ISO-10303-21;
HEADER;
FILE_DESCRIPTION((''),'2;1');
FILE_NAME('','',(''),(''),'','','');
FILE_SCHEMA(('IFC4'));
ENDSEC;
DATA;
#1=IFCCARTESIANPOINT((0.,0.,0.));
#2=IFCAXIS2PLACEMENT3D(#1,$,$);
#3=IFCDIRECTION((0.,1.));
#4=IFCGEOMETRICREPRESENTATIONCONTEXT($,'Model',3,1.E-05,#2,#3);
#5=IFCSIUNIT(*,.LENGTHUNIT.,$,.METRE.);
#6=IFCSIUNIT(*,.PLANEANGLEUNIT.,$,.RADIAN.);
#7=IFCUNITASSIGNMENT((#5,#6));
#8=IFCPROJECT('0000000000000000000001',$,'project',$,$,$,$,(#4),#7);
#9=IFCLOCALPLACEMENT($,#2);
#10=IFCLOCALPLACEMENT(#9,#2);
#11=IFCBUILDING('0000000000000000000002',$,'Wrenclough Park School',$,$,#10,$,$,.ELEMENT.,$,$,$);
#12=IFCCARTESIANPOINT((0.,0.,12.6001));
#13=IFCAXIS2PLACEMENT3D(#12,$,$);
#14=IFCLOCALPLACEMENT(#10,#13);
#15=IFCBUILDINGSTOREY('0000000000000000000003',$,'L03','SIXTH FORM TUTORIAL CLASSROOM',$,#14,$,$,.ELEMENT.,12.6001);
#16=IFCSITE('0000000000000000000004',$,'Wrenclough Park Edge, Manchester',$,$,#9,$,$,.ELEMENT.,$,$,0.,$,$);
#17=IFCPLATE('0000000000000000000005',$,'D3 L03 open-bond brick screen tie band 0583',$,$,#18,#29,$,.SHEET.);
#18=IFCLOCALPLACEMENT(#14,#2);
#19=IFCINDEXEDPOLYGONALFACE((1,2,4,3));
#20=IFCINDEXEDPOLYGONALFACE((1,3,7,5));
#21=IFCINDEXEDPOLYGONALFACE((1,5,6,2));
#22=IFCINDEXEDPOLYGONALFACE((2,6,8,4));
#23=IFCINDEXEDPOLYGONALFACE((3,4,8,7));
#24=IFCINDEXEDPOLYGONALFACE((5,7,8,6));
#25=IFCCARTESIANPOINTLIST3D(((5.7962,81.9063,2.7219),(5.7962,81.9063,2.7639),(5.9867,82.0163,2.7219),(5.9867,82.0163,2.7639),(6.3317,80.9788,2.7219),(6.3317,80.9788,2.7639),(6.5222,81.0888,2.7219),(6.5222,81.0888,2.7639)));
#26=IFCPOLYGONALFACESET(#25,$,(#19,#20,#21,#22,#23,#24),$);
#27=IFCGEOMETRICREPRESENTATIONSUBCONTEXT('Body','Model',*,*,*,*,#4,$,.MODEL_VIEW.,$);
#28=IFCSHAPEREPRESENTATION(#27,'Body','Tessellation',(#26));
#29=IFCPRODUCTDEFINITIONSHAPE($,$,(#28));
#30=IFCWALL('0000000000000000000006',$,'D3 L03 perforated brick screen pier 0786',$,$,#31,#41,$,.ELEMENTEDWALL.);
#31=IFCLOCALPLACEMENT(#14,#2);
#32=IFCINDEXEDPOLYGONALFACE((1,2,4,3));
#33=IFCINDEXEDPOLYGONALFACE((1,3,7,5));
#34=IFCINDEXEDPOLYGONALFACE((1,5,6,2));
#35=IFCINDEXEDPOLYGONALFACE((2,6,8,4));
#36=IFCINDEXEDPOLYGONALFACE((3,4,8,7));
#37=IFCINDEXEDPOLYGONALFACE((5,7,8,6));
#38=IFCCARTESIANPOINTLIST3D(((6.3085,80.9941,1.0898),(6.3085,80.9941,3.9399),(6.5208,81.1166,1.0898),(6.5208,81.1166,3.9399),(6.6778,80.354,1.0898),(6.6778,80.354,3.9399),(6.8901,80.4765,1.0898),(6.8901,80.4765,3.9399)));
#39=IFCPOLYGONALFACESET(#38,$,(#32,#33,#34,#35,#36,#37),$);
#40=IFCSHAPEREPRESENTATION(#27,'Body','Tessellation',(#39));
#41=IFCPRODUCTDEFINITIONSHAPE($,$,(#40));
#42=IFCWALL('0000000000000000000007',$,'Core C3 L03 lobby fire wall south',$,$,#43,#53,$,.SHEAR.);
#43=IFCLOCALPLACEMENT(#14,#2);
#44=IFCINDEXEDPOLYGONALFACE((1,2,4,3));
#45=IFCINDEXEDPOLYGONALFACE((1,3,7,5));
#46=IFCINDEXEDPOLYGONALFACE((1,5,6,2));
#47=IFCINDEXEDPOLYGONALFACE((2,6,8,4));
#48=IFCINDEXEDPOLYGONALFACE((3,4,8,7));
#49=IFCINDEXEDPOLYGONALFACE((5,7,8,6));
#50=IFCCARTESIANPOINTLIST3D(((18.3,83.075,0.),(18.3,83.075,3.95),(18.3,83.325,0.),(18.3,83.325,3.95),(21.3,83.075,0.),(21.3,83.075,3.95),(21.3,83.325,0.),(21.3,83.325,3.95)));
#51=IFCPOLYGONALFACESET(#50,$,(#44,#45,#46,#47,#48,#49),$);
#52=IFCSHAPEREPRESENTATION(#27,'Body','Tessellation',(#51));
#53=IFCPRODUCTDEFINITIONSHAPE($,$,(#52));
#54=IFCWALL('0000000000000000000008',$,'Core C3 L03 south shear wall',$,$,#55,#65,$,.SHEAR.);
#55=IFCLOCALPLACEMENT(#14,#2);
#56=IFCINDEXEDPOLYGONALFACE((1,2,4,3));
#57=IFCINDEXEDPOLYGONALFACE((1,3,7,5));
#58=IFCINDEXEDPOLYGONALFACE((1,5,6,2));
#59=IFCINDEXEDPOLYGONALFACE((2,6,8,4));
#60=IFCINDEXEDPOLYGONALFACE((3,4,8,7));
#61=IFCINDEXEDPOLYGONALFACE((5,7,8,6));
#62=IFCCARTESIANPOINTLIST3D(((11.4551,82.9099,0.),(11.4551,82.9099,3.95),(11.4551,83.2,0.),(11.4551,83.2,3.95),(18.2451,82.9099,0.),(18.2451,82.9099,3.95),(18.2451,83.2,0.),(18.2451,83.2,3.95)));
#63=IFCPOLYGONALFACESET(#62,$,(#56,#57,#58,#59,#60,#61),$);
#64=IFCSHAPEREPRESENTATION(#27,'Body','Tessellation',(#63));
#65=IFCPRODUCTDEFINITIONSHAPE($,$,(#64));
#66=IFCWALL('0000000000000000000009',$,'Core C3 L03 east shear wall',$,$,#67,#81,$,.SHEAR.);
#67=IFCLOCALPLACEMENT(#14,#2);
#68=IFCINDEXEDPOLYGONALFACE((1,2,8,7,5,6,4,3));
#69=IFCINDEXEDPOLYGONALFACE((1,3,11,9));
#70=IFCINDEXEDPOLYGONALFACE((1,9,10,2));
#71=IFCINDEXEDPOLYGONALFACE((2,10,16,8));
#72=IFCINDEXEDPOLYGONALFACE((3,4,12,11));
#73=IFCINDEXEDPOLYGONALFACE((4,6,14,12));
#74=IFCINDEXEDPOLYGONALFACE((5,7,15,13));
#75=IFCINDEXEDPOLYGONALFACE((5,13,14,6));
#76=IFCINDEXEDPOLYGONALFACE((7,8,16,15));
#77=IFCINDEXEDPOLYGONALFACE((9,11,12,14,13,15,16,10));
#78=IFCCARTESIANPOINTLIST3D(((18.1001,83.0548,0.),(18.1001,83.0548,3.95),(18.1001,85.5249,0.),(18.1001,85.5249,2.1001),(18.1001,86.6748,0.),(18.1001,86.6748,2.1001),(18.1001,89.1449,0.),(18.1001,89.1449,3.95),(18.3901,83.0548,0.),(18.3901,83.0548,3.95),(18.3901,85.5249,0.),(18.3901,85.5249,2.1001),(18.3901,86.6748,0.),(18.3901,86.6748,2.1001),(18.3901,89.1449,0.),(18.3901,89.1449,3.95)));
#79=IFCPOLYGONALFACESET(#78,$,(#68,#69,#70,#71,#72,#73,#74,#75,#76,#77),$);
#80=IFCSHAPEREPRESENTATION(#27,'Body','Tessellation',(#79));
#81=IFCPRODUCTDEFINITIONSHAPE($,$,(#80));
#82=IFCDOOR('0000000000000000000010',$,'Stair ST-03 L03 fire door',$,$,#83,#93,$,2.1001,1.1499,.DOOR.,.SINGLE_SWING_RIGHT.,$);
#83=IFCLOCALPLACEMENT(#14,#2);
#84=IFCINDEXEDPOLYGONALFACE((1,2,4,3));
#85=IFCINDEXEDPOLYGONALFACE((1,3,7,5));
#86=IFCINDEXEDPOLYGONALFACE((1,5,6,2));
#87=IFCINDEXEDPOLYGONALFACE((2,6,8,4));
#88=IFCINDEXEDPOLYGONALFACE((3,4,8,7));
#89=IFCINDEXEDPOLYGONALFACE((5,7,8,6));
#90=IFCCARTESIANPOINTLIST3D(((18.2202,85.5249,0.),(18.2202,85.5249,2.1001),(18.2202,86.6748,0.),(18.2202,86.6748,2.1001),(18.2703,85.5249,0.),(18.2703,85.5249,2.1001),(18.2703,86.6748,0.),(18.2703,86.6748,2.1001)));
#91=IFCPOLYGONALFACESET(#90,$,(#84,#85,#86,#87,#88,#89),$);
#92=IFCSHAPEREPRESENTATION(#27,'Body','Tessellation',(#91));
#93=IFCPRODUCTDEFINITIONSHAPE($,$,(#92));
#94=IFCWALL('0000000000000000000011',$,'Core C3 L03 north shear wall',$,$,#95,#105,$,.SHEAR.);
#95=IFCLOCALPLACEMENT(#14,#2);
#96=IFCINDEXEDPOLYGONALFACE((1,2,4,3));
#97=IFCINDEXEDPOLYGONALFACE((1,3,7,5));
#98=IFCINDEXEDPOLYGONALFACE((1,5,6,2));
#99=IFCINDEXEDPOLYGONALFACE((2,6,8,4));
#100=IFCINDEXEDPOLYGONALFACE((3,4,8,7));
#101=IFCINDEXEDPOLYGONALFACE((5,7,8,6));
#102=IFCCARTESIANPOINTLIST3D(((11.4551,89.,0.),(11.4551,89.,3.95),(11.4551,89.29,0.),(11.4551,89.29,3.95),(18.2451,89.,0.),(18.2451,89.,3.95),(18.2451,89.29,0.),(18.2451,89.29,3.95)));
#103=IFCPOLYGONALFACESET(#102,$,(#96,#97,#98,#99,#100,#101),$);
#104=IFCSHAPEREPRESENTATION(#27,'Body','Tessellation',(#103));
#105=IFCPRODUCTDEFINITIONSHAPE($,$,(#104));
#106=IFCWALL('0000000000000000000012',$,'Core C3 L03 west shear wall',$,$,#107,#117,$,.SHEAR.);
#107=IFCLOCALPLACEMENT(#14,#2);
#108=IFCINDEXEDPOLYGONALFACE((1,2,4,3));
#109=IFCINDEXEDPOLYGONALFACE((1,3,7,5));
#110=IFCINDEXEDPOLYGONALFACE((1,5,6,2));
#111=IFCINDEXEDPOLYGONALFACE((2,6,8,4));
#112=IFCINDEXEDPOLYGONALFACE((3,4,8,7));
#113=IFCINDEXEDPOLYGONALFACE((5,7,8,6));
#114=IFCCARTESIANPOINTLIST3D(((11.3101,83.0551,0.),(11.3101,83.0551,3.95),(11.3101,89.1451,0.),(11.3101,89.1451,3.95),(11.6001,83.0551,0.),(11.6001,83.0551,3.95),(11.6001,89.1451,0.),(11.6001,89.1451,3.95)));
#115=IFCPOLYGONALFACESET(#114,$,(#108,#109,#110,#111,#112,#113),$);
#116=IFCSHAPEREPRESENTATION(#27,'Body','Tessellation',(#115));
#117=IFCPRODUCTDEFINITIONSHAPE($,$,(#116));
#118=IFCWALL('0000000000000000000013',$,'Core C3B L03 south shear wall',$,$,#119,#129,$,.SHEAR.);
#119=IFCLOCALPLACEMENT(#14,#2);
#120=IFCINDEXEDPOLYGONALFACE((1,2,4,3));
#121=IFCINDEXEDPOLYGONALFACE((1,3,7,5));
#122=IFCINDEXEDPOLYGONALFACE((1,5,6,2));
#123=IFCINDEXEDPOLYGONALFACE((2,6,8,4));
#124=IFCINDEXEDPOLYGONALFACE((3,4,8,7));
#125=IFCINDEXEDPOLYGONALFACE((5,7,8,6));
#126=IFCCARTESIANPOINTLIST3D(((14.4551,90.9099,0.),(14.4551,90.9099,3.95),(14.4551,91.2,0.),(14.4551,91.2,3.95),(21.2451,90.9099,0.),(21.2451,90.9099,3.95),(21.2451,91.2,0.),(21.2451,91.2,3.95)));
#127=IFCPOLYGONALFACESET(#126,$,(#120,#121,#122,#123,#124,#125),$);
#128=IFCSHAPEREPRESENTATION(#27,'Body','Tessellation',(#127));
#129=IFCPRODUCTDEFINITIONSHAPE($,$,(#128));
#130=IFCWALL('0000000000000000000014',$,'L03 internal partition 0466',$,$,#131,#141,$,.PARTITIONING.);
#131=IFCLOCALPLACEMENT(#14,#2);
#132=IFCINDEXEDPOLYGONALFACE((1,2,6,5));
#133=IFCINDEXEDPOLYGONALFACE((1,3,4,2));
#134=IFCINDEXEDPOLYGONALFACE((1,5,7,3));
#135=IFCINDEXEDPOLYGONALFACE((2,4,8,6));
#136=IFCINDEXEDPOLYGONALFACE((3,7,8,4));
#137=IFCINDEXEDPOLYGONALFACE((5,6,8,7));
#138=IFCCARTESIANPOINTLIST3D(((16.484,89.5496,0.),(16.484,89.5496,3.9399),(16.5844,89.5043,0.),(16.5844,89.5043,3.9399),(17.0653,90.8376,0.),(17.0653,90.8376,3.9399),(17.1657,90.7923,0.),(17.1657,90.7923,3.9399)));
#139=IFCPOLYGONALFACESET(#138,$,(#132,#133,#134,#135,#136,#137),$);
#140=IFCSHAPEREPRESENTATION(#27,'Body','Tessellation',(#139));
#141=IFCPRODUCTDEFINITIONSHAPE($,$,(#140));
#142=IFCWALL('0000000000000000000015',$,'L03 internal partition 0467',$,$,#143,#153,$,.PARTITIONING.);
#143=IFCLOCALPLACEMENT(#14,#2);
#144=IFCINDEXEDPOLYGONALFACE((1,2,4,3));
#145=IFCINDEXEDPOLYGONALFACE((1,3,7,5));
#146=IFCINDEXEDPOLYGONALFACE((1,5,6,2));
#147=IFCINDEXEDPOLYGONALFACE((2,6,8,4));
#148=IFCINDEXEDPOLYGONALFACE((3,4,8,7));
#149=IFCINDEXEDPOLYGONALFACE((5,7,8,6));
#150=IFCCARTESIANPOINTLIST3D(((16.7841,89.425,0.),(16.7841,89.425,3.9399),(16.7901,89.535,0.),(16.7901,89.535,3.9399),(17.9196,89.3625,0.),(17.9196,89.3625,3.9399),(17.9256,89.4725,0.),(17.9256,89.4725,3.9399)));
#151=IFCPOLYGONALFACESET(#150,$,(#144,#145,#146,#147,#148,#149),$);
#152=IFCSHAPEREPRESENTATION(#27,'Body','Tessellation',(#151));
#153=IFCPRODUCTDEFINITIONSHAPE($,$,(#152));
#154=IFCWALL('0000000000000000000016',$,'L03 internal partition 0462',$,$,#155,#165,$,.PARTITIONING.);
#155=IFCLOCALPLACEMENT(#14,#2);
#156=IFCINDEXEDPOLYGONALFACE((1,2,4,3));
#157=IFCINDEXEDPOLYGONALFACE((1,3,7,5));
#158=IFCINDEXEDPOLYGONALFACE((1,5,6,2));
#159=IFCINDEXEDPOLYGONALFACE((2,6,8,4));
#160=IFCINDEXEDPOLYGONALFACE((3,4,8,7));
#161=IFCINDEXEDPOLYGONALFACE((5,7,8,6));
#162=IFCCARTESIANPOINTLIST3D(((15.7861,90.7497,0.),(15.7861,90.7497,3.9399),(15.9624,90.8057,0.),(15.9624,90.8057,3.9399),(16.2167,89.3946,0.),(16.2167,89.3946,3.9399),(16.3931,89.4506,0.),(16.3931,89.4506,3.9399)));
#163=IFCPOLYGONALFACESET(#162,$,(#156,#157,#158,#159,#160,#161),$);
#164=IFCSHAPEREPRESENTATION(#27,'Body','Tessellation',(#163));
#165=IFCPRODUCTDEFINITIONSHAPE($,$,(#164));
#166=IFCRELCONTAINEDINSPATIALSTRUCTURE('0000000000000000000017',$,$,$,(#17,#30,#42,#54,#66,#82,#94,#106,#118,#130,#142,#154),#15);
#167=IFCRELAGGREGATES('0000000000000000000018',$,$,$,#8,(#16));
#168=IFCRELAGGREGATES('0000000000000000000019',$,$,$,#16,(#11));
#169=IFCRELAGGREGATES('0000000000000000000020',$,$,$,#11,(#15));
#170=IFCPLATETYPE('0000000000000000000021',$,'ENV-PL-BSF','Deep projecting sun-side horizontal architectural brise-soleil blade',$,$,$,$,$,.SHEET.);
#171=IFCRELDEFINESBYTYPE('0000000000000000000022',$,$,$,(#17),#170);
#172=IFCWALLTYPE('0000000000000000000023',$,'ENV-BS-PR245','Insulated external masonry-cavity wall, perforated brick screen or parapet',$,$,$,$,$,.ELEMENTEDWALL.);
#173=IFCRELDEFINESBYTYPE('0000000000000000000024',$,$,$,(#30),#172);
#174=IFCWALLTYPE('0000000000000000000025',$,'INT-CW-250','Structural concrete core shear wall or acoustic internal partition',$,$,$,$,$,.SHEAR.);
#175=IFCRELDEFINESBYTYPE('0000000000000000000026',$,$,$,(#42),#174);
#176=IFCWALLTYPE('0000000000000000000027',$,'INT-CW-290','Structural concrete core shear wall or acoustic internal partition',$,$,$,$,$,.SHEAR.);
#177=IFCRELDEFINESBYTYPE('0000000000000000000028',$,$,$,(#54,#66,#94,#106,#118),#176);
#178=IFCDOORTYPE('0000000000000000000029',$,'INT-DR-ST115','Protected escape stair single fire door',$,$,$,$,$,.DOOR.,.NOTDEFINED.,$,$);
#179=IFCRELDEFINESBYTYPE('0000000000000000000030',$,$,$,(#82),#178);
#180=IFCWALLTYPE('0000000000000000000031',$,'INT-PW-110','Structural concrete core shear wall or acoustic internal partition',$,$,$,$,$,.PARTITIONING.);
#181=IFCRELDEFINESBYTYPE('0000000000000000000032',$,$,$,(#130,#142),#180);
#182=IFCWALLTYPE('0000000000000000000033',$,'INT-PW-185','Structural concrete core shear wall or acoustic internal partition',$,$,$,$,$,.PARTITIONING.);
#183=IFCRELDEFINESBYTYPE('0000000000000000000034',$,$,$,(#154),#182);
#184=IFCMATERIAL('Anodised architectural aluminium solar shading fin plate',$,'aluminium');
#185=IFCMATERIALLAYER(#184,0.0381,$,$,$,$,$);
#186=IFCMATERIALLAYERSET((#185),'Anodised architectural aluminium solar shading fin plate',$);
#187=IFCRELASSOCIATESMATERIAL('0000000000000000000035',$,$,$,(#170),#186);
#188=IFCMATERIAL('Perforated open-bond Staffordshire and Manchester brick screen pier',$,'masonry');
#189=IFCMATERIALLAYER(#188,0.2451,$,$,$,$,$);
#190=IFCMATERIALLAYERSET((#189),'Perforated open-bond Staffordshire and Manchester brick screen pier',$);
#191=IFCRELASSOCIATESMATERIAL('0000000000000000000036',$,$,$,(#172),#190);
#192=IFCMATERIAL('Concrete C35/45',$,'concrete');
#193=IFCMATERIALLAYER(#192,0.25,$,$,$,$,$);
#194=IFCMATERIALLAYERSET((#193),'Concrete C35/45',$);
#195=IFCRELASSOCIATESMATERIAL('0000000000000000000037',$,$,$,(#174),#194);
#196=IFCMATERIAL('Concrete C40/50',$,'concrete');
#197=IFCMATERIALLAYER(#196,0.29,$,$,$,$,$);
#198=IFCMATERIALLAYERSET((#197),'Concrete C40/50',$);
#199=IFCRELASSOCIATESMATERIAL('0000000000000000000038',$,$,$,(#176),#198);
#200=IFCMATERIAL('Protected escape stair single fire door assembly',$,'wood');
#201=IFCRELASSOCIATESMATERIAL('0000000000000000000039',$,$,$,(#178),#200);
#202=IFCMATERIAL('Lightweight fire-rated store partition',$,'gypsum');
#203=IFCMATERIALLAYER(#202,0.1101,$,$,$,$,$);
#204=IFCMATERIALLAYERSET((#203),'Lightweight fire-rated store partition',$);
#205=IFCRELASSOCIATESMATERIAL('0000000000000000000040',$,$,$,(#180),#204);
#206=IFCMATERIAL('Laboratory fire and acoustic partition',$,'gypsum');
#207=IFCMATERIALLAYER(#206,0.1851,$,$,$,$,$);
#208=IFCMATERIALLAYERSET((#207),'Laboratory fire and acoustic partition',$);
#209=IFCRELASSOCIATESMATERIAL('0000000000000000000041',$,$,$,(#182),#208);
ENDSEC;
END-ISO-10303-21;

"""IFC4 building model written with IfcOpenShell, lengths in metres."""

from ifc_helpers import new_model, si_unit, direction, frame, frame_2d, origin, origin_2d, place, context, subcontext, project, spatial, rectangle, extrude, material, layer, layer_set, type_object, element, fill, save


model = new_model("IFC4")

# Units and contexts
model_context = context("Model", 3, precision=1e-05, world=origin(), true_north=direction((0.0, 1.0)))
body_context = subcontext(model_context, "Body", "Model", "MODEL_VIEW")
ifc_project = project(units=[si_unit("LENGTHUNIT", "METRE"), si_unit("PLANEANGLEUNIT", "RADIAN")], contexts=[model_context])

# Site, building, storey
site_placement = place(None, origin())
site = spatial("IfcSite", under=ifc_project, at=site_placement, Name="Wrenclough Park Edge, Manchester", CompositionType="ELEMENT", RefElevation=0.0)
building_placement = place(site_placement, origin())
building = spatial("IfcBuilding", under=site, at=building_placement, Name="Wrenclough Park School", CompositionType="ELEMENT")
storey_placement = place(building_placement, frame((0.0, 0.0, 12.6001)))
storey = spatial("IfcBuildingStorey", under=building, at=storey_placement, Name="L03", Description="SIXTH FORM TUTORIAL CLASSROOM", CompositionType="ELEMENT", Elevation=12.6001)

# Plate
ifc_material_1 = material(Name="Anodised architectural aluminium solar shading fin plate", Category="aluminium")
ifc_layer_1 = layer(ifc_material_1, 0.0381)
ifc_layer_set_1 = layer_set([ifc_layer_1], Name="Anodised architectural aluminium solar shading fin plate")
plate_type = type_object("IfcPlateType", Name="ENV-PL-BSF", Description="Deep projecting sun-side horizontal architectural brise-soleil blade", PredefinedType="SHEET", material=ifc_layer_set_1)
plate_placement = place(storey_placement, frame((6.1592, 81.4976, 2.7219), z_axis=(0.0, 0.0, 1.0), x_axis=(0.499991, -0.866031, 0.0)))
element("IfcPlate", 1, at=plate_placement, inside=storey, type_object=plate_type, Name="D3 L03 open-bond brick screen tie band 0583", PredefinedType="SHEET", context=body_context, shape_type="SweptSolid", body=[
    extrude(rectangle(XDim=1.071, YDim=0.22, at=origin_2d()), origin(), (0.0, 0.0, 1.0), 0.042),
])

# Walls
ifc_material_2 = material(Name="Perforated open-bond Staffordshire and Manchester brick screen pier", Category="masonry")
ifc_layer_2 = layer(ifc_material_2, 0.2451)
ifc_layer_set_2 = layer_set([ifc_layer_2], Name="Perforated open-bond Staffordshire and Manchester brick screen pier")
wall_type_1 = type_object("IfcWallType", Name="ENV-BS-PR245", Description="Insulated external masonry-cavity wall, perforated brick screen or parapet", PredefinedType="ELEMENTEDWALL", material=ifc_layer_set_2)
wall_1_placement = place(storey_placement, frame((6.4146, 81.0554, 1.0898), z_axis=(0.0, 0.0, 1.0), x_axis=(0.499799, -0.866142, 0.0)))
element("IfcWall", 2, at=wall_1_placement, inside=storey, type_object=wall_type_1, Name="D3 L03 perforated brick screen pier 0786", PredefinedType="ELEMENTEDWALL", context=body_context, shape_type="SweptSolid", body=[
    extrude(rectangle(XDim=0.739, YDim=0.2451, at=frame_2d((0.3696, 0.0))), origin(), (0.0, 0.0, 1.0), 2.8501),
])
ifc_material_3 = material(Name="Concrete C35/45", Category="concrete")
ifc_layer_3 = layer(ifc_material_3, 0.25)
ifc_layer_set_3 = layer_set([ifc_layer_3], Name="Concrete C35/45")
wall_type_2 = type_object("IfcWallType", Name="INT-CW-250", Description="Structural concrete core shear wall or acoustic internal partition", PredefinedType="SHEAR", material=ifc_layer_set_3)
wall_2_placement = place(storey_placement, frame((18.3, 83.2, 0.0), z_axis=(0.0, 0.0, 1.0), x_axis=(1.0, 0.0, 0.0)))
element("IfcWall", 3, at=wall_2_placement, inside=storey, type_object=wall_type_2, Name="Core C3 L03 lobby fire wall south", PredefinedType="SHEAR", context=body_context, shape_type="SweptSolid", body=[
    extrude(rectangle(XDim=3.0, YDim=0.25, at=frame_2d((1.5, 0.0))), origin(), (0.0, 0.0, 1.0), 3.95),
])

# Wall
ifc_material_4 = material(Name="Concrete C40/50", Category="concrete")
ifc_layer_4 = layer(ifc_material_4, 0.29)
ifc_layer_set_4 = layer_set([ifc_layer_4], Name="Concrete C40/50")
wall_type_3 = type_object("IfcWallType", Name="INT-CW-290", Description="Structural concrete core shear wall or acoustic internal partition", PredefinedType="SHEAR", material=ifc_layer_set_4)
wall_3_placement = place(storey_placement, frame((11.4551, 83.0549, 0.0), z_axis=(0.0, 0.0, 1.0), x_axis=(1.0, 0.0, 0.0)))
element("IfcWall", 4, at=wall_3_placement, inside=storey, type_object=wall_type_3, Name="Core C3 L03 south shear wall", PredefinedType="SHEAR", context=body_context, shape_type="SweptSolid", body=[
    extrude(rectangle(XDim=6.79, YDim=0.29, at=frame_2d((3.395, 0.0))), origin(), (0.0, 0.0, 1.0), 3.95),
])

# Wall, opening, door
wall_4_placement = place(storey_placement, frame((18.2451, 83.0549, 0.0), z_axis=(0.0, 0.0, 1.0), x_axis=(0.0, 1.0, 0.0)))
wall_4 = element("IfcWall", 5, at=wall_4_placement, inside=storey, type_object=wall_type_3, Name="Core C3 L03 east shear wall", PredefinedType="SHEAR", context=body_context, shape_type="SweptSolid", body=[
    extrude(rectangle(XDim=6.0901, YDim=0.29, at=frame_2d((3.0449, 0.0))), origin(), (0.0, 0.0, 1.0), 3.95),
])
opening_1_placement = place(wall_4_placement, frame((2.47, 0.0, 0.0)))
opening_1 = element("IfcOpeningElement", 6, at=opening_1_placement, cuts=wall_4, PredefinedType="OPENING", context=body_context, shape_type="SweptSolid", body=[
    extrude(rectangle(XDim=1.1499, YDim=2.1001, at=frame_2d((0.575, 1.05))), frame((0.0, 0.155, 0.0), z_axis=(0.0, -1.0, 0.0), x_axis=(1.0, 0.0, 0.0)), (0.0, 0.0, 1.0), 0.3101),
])
ifc_material_5 = material(Name="Protected escape stair single fire door assembly", Category="wood")
door_type_1 = type_object("IfcDoorType", Name="INT-DR-ST115", Description="Protected escape stair single fire door", OperationType="NOTDEFINED", PredefinedType="DOOR", material=ifc_material_5)
door_1_placement = place(opening_1_placement, origin())
door_1 = element("IfcDoor", 7, at=door_1_placement, inside=storey, type_object=door_type_1, Name="Stair ST-03 L03 fire door", OperationType="SINGLE_SWING_RIGHT", OverallHeight=2.1001, OverallWidth=1.1499, PredefinedType="DOOR", context=body_context, shape_type="SweptSolid", body=[
    extrude(rectangle(XDim=1.1499, YDim=2.1001, at=frame_2d((0.575, 1.05))), frame((0.0, 0.0249, 0.0), z_axis=(0.0, -1.0, 0.0), x_axis=(1.0, 0.0, 0.0)), (0.0, 0.0, 1.0), 0.05),
])
fill(opening_1, door_1)

# Walls
wall_5_placement = place(storey_placement, frame((18.2451, 89.145, 0.0), z_axis=(0.0, 0.0, 1.0), x_axis=(-1.0, 0.0, 0.0)))
element("IfcWall", 8, at=wall_5_placement, inside=storey, type_object=wall_type_3, Name="Core C3 L03 north shear wall", PredefinedType="SHEAR", context=body_context, shape_type="SweptSolid", body=[
    extrude(rectangle(XDim=6.79, YDim=0.29, at=frame_2d((3.395, 0.0))), origin(), (0.0, 0.0, 1.0), 3.95),
])
wall_6_placement = place(storey_placement, frame((11.4551, 89.145, 0.0), z_axis=(0.0, 0.0, 1.0), x_axis=(0.0, -1.0, 0.0)))
element("IfcWall", 9, at=wall_6_placement, inside=storey, type_object=wall_type_3, Name="Core C3 L03 west shear wall", PredefinedType="SHEAR", context=body_context, shape_type="SweptSolid", body=[
    extrude(rectangle(XDim=6.0901, YDim=0.29, at=frame_2d((3.0449, 0.0))), origin(), (0.0, 0.0, 1.0), 3.95),
])
wall_7_placement = place(storey_placement, frame((14.4551, 91.0549, 0.0), z_axis=(0.0, 0.0, 1.0), x_axis=(1.0, 0.0, 0.0)))
element("IfcWall", 10, at=wall_7_placement, inside=storey, type_object=wall_type_3, Name="Core C3B L03 south shear wall", PredefinedType="SHEAR", context=body_context, shape_type="SweptSolid", body=[
    extrude(rectangle(XDim=6.79, YDim=0.29, at=frame_2d((3.395, 0.0))), origin(), (0.0, 0.0, 1.0), 3.95),
])
ifc_material_6 = material(Name="Lightweight fire-rated store partition", Category="gypsum")
ifc_layer_5 = layer(ifc_material_6, 0.1101)
ifc_layer_set_5 = layer_set([ifc_layer_5], Name="Lightweight fire-rated store partition")
wall_type_4 = type_object("IfcWallType", Name="INT-PW-110", Description="Structural concrete core shear wall or acoustic internal partition", PredefinedType="PARTITIONING", material=ifc_layer_set_5)
wall_8_placement = place(storey_placement, frame((17.1155, 90.8149, 0.0), z_axis=(0.0, 0.0, 1.0), x_axis=(-0.411341, -0.911481, 0.0)))
element("IfcWall", 11, at=wall_8_placement, inside=storey, type_object=wall_type_4, Name="L03 internal partition 0466", PredefinedType="PARTITIONING", context=body_context, shape_type="SweptSolid", body=[
    extrude(rectangle(XDim=1.4131, YDim=0.1101, at=frame_2d((0.7065, 0.0))), origin(), (0.0, 0.0, 1.0), 3.9399),
])
wall_9_placement = place(storey_placement, frame((16.7871, 89.48, 0.0), z_axis=(0.0, 0.0, 1.0), x_axis=(0.998489, -0.054959, 0.0)))
element("IfcWall", 12, at=wall_9_placement, inside=storey, type_object=wall_type_4, Name="L03 internal partition 0467", PredefinedType="PARTITIONING", context=body_context, shape_type="SweptSolid", body=[
    extrude(rectangle(XDim=1.1372, YDim=0.1101, at=frame_2d((0.5686, 0.0))), origin(), (0.0, 0.0, 1.0), 3.9399),
])
ifc_material_7 = material(Name="Laboratory fire and acoustic partition", Category="gypsum")
ifc_layer_6 = layer(ifc_material_7, 0.1851)
ifc_layer_set_6 = layer_set([ifc_layer_6], Name="Laboratory fire and acoustic partition")
wall_type_5 = type_object("IfcWallType", Name="INT-PW-185", Description="Structural concrete core shear wall or acoustic internal partition", PredefinedType="PARTITIONING", material=ifc_layer_set_6)
wall_10_placement = place(storey_placement, frame((16.3049, 89.4226, 0.0), z_axis=(0.0, 0.0, 1.0), x_axis=(-0.302906, 0.95302, 0.0)))
element("IfcWall", 13, at=wall_10_placement, inside=storey, type_object=wall_type_5, Name="L03 internal partition 0462", PredefinedType="PARTITIONING", context=body_context, shape_type="SweptSolid", body=[
    extrude(rectangle(XDim=1.4219, YDim=0.1851, at=frame_2d((0.7109, 0.0))), origin(), (0.0, 0.0, 1.0), 3.9399),
])

save(model, "model.ifc")
